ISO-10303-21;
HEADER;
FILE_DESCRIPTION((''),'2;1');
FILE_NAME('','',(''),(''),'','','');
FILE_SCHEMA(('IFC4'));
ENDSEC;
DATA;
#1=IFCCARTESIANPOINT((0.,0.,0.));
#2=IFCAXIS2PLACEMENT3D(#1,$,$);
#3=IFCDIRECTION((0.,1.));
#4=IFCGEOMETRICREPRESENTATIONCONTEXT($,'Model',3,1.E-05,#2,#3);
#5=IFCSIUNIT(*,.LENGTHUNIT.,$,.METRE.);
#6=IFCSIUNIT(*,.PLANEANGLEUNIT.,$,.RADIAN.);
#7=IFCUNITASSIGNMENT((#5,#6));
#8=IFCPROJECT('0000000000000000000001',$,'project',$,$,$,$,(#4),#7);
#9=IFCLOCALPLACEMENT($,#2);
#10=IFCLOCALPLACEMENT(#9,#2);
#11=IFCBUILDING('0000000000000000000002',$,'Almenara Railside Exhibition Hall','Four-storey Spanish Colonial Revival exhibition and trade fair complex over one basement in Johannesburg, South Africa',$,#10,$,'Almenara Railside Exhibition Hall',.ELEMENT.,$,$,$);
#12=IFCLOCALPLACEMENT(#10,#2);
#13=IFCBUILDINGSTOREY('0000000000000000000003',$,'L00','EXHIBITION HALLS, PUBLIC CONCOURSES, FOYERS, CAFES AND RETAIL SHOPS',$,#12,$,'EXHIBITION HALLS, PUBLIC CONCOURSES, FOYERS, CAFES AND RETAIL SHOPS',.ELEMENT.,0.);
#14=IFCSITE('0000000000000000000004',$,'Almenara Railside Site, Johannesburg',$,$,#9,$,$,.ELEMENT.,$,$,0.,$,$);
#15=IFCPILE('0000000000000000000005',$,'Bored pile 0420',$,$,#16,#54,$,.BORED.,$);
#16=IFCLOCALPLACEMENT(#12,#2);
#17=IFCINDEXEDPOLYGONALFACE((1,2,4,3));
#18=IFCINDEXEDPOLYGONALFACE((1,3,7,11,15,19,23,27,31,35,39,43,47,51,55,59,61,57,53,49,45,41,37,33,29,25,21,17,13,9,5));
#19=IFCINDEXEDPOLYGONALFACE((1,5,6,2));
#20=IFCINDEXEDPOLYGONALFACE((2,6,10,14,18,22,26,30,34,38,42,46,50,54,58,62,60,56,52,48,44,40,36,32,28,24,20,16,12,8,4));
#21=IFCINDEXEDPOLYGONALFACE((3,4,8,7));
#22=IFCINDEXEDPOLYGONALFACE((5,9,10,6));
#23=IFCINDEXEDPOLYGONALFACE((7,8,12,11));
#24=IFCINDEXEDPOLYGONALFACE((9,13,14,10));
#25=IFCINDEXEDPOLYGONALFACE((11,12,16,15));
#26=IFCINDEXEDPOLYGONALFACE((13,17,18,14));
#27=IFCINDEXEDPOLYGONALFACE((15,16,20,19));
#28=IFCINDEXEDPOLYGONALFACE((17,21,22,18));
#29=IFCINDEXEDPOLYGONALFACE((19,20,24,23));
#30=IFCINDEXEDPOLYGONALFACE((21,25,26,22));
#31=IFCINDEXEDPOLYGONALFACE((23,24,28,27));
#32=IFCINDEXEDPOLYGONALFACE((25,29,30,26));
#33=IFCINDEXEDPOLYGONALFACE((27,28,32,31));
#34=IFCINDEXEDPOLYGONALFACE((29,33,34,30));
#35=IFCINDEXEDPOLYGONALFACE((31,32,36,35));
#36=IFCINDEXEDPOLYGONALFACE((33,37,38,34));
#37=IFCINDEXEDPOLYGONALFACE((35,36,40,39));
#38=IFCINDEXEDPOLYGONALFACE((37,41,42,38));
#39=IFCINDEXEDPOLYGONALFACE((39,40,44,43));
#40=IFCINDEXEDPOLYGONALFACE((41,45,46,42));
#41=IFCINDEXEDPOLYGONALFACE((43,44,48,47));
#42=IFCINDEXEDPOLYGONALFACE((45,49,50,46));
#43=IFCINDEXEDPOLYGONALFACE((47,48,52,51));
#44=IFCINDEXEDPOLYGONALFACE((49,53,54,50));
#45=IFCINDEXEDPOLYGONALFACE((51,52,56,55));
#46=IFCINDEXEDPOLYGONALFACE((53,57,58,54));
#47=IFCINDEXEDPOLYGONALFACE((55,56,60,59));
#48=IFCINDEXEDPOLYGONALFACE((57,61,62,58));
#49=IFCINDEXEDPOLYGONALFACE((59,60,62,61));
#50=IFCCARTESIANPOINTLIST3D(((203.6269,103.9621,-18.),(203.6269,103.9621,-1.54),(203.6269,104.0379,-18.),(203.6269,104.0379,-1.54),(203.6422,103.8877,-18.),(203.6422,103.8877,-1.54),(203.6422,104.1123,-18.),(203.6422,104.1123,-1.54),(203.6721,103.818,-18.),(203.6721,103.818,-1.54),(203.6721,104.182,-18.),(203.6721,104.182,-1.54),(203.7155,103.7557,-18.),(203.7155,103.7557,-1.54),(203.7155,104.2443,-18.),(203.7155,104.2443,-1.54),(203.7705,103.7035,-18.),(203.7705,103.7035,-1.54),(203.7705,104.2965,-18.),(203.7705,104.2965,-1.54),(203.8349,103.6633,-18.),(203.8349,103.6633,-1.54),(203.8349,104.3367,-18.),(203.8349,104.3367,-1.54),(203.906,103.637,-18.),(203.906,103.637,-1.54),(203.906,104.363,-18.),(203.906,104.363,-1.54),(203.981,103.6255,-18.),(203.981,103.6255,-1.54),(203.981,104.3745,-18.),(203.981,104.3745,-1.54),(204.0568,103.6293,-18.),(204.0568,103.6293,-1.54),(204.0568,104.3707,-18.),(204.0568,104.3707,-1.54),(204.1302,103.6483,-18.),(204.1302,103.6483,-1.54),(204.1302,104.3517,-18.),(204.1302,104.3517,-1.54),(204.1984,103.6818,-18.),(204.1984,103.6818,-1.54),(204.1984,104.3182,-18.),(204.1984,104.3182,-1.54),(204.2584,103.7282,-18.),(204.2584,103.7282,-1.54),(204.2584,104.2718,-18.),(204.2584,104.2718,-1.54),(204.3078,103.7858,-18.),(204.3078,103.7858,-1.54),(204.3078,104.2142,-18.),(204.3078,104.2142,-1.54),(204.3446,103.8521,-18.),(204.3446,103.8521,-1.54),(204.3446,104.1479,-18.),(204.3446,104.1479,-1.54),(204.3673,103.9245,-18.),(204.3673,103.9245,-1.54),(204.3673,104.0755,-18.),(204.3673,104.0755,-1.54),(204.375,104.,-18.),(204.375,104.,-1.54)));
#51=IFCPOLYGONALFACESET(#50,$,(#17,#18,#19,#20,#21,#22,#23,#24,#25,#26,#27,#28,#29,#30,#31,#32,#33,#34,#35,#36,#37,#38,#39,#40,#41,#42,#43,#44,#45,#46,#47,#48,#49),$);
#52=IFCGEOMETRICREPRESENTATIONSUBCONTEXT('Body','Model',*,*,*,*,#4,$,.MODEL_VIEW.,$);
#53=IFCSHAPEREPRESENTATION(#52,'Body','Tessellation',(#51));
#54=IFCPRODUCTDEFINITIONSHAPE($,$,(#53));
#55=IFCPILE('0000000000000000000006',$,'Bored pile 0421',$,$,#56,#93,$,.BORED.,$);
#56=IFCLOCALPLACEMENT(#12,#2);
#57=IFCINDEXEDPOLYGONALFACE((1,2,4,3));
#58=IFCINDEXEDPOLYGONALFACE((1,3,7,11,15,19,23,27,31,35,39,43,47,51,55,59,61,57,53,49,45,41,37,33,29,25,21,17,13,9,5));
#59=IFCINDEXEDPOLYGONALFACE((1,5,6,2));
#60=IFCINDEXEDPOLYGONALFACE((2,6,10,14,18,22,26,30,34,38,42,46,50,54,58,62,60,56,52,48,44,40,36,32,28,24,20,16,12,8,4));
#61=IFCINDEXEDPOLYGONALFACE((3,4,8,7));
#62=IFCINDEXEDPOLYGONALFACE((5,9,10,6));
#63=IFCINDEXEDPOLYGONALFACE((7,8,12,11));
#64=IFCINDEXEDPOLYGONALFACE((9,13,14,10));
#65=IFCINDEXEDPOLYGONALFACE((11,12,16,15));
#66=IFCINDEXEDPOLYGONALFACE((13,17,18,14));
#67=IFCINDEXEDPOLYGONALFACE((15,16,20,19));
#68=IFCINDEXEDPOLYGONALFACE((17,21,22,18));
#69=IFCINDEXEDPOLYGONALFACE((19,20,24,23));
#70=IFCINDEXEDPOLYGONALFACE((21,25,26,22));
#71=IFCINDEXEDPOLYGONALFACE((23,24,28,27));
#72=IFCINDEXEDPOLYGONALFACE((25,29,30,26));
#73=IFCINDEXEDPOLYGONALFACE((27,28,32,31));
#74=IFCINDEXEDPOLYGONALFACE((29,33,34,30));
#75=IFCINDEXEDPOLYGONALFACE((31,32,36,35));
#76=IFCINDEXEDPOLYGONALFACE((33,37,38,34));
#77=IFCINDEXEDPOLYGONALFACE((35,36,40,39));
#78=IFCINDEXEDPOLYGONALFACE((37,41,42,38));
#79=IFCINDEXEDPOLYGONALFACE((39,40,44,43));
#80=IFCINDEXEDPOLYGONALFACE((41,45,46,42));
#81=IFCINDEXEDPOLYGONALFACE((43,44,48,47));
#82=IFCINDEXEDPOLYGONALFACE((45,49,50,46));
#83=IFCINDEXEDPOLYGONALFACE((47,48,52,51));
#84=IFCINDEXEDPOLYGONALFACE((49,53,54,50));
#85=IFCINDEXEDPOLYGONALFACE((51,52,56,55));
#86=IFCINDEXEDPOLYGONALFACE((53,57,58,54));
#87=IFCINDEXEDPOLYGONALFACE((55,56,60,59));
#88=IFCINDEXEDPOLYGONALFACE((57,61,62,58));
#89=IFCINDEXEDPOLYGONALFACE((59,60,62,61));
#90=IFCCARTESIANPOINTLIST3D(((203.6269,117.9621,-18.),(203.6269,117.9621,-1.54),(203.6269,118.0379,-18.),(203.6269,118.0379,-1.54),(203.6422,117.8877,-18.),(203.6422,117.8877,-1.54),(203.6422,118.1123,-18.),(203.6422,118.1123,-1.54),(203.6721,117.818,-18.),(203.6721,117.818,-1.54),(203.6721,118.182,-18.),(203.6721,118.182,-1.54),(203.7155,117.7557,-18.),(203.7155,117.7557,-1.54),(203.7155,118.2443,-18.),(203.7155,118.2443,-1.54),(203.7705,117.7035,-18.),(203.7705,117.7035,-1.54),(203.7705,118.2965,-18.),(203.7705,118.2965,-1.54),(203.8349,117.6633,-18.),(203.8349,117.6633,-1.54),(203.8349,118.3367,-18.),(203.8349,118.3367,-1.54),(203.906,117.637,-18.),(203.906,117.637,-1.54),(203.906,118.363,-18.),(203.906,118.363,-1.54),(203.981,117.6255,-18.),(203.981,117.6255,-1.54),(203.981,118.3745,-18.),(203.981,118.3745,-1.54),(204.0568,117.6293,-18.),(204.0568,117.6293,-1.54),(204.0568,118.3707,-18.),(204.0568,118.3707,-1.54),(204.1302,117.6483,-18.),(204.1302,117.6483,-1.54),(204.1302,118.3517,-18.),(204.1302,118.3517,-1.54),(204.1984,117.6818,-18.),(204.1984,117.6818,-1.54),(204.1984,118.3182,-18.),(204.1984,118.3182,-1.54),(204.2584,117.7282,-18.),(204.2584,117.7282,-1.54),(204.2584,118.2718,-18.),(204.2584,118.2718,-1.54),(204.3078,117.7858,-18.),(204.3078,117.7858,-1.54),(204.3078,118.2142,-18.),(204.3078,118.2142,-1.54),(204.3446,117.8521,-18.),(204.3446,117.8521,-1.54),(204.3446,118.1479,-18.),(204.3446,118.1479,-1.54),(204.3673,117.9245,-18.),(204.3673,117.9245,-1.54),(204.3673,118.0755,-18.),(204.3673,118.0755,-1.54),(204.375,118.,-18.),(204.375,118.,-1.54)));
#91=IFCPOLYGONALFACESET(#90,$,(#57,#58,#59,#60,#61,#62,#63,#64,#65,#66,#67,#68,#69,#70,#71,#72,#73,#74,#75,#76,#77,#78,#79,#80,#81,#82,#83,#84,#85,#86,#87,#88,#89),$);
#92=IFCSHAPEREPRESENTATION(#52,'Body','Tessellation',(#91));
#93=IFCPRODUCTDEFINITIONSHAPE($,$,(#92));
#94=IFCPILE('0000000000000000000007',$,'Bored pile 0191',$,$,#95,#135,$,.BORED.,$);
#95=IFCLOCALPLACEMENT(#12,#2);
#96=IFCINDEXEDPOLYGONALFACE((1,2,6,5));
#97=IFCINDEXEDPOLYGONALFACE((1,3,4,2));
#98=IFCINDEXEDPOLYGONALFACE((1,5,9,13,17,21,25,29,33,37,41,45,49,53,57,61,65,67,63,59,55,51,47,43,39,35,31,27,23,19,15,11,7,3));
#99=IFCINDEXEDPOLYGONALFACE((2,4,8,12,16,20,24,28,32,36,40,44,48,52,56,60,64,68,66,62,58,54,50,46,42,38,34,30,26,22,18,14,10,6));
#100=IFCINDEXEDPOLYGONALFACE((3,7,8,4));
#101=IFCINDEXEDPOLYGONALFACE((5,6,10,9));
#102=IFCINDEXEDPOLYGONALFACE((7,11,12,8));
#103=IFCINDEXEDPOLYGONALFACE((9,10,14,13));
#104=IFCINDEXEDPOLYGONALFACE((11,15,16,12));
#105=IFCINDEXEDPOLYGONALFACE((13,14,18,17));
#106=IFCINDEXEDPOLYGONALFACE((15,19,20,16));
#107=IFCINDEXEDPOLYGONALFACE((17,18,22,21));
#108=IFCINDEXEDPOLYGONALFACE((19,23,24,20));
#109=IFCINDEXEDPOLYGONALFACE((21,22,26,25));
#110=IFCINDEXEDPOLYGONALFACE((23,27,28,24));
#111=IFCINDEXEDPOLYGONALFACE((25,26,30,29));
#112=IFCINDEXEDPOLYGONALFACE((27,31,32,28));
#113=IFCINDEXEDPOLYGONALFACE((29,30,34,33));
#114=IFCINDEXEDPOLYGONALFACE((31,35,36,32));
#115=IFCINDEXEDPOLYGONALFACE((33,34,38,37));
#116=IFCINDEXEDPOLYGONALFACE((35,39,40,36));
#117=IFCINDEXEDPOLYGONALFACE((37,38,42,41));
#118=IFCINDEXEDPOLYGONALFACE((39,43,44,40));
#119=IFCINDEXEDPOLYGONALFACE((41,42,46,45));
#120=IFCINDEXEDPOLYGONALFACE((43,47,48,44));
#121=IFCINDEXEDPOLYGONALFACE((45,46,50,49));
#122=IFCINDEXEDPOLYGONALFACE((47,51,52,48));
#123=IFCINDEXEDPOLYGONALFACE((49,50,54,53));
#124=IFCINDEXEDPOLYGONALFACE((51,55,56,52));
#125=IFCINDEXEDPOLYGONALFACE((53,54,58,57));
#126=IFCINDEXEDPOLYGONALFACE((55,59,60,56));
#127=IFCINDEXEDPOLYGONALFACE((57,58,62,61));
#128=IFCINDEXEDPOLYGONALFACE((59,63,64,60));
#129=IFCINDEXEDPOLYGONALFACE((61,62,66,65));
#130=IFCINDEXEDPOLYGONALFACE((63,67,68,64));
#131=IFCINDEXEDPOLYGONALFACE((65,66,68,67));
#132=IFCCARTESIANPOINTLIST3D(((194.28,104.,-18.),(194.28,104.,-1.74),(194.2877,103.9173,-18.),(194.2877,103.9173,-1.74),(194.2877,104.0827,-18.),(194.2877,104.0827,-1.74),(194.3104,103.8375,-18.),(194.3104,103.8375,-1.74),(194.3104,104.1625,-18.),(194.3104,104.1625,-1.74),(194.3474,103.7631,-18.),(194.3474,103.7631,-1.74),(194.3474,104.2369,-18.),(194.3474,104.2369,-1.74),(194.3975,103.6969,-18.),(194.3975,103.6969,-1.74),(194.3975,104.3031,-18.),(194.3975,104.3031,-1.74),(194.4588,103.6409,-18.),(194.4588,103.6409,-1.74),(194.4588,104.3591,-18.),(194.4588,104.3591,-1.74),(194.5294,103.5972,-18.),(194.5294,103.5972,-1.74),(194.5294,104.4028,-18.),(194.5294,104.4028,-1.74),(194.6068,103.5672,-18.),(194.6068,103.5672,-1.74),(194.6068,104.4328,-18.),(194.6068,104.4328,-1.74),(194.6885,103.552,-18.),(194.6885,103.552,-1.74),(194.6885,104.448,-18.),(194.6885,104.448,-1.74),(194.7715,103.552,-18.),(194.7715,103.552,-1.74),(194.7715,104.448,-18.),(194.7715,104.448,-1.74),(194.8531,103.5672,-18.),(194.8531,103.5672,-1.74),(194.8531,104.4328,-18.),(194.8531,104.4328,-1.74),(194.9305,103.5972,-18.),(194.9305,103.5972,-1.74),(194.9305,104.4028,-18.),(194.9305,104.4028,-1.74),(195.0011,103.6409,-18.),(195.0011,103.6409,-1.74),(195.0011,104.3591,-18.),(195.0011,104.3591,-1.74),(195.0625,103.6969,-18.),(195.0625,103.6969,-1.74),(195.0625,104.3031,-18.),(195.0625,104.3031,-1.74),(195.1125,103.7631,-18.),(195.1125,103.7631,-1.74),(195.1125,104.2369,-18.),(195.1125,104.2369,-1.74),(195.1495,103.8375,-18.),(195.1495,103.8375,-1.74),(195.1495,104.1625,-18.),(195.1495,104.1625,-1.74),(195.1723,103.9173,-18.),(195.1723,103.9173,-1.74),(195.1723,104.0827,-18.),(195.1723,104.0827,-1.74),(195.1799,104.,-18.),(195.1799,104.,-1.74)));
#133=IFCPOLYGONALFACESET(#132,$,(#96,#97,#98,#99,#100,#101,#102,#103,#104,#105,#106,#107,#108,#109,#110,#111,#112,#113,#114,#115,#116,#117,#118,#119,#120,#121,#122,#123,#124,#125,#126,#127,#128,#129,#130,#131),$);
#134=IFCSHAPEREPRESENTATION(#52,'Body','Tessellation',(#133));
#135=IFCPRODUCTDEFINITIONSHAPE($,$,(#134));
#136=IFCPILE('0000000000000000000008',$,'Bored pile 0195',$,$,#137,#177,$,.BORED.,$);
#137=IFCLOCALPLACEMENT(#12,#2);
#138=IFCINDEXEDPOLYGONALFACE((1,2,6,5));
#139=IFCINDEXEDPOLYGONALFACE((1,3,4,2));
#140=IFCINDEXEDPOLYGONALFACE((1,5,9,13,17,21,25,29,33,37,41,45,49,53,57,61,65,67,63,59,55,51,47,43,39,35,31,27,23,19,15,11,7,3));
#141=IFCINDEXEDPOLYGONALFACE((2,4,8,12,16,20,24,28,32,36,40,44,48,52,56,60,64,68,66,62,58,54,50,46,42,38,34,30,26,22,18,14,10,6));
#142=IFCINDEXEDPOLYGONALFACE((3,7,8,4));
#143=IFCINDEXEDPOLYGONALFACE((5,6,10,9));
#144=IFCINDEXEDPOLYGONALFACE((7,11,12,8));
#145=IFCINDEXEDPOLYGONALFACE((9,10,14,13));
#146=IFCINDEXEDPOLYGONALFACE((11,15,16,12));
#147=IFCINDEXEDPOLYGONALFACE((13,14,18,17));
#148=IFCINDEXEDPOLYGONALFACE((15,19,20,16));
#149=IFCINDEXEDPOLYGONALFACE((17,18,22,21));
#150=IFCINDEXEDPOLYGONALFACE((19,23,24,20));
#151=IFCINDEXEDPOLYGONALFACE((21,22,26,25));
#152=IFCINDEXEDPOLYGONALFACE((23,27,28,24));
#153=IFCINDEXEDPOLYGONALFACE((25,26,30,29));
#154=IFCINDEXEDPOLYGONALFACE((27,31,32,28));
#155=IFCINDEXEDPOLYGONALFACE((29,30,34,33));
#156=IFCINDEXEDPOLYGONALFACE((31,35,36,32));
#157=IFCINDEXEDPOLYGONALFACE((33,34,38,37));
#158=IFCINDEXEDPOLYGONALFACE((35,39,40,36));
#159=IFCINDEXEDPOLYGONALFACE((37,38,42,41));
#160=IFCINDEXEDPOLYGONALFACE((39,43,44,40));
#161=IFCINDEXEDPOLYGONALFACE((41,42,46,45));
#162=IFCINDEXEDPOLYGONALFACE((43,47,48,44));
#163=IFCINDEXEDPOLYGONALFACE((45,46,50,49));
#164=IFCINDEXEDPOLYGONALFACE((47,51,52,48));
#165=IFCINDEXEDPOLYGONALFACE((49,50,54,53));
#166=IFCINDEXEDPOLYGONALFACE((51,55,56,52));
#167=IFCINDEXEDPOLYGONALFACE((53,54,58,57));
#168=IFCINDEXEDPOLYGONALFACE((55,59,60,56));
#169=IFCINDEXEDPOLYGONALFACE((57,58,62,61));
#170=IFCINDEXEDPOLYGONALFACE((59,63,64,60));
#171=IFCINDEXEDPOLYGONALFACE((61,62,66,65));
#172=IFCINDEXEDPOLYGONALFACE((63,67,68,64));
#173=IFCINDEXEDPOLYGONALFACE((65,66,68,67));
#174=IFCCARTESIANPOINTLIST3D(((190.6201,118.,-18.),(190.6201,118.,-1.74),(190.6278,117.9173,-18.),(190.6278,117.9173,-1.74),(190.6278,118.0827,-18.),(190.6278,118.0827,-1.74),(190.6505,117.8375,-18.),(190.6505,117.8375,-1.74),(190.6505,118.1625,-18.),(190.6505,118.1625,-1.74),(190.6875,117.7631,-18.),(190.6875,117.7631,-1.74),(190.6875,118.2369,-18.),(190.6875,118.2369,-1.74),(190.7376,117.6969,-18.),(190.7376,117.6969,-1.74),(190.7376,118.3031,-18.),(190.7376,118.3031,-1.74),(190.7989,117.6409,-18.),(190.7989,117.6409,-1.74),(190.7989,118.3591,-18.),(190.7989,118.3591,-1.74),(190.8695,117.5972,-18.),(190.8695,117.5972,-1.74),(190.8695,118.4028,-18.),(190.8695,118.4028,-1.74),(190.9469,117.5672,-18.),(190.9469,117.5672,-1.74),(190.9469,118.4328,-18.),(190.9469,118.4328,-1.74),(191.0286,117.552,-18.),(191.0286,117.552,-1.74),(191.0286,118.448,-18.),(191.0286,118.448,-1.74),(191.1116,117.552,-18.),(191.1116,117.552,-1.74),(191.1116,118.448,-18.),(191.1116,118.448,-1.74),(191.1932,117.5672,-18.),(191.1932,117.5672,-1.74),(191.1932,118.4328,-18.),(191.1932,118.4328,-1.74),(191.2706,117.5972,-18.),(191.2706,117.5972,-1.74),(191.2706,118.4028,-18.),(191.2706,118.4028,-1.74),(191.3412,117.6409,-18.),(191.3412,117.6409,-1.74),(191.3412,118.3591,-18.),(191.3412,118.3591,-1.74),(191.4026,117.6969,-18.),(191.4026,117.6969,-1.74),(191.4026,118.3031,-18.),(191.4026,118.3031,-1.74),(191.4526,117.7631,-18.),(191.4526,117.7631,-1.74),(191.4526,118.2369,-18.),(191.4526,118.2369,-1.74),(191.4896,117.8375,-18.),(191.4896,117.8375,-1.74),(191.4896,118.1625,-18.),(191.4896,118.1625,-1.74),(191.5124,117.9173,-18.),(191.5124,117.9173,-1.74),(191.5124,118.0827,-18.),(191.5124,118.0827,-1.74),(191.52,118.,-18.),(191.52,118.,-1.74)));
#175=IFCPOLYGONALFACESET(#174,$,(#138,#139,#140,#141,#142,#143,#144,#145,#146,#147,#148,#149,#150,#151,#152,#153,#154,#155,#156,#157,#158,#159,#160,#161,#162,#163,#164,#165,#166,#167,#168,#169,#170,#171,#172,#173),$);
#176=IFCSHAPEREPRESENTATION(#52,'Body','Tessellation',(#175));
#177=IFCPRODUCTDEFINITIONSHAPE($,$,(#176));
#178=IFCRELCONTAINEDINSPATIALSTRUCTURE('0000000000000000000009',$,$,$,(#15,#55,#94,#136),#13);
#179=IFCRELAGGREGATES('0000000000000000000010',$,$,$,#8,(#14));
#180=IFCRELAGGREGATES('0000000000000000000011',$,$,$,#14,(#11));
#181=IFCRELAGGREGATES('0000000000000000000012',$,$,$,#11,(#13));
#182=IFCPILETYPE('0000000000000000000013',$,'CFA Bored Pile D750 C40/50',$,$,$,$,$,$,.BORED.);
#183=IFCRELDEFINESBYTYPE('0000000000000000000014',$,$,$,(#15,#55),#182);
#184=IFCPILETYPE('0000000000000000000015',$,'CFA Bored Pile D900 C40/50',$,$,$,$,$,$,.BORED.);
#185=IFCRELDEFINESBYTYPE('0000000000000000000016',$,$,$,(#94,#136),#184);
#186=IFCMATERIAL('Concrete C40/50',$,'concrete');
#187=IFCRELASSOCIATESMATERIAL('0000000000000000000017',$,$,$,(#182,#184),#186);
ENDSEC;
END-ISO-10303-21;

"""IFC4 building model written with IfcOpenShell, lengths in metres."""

from ifc_helpers import new_model, si_unit, direction, frame, origin, origin_2d, place, context, subcontext, project, spatial, circle, extrude, material, material_profile, profile_set, type_object, element, save


model = new_model("IFC4")

# Units and contexts
model_context = context("Model", 3, precision=1e-05, world=origin(), true_north=direction((0.0, 1.0)))
body_context = subcontext(model_context, "Body", "Model", "MODEL_VIEW")
ifc_project = project(units=[si_unit("LENGTHUNIT", "METRE"), si_unit("PLANEANGLEUNIT", "RADIAN")], contexts=[model_context])

# Site, building, storey
site_placement = place(None, origin())
site = spatial("IfcSite", under=ifc_project, at=site_placement, Name="Almenara Railside Site, Johannesburg", CompositionType="ELEMENT", RefElevation=0.0)
building_placement = place(site_placement, origin())
building = spatial("IfcBuilding", under=site, at=building_placement, Name="Almenara Railside Exhibition Hall", Description="Four-storey Spanish Colonial Revival exhibition and trade fair complex over one basement in Johannesburg, South Africa", LongName="Almenara Railside Exhibition Hall", CompositionType="ELEMENT")
storey_placement = place(building_placement, origin())
storey = spatial("IfcBuildingStorey", under=building, at=storey_placement, Name="L00", Description="EXHIBITION HALLS, PUBLIC CONCOURSES, FOYERS, CAFES AND RETAIL SHOPS", LongName="EXHIBITION HALLS, PUBLIC CONCOURSES, FOYERS, CAFES AND RETAIL SHOPS", CompositionType="ELEMENT", Elevation=0.0)

# Piles
ifc_material_1 = material(Name="Concrete C40/50", Category="concrete")
ifc_material_profile_1 = material_profile(ifc_material_1, circle(Radius=0.375, at=origin_2d()), Name="CFA-PILE D750")
ifc_profile_set_1 = profile_set([ifc_material_profile_1], Name="Concrete C40/50")
pile_type_1 = type_object("IfcPileType", Name="CFA Bored Pile D750 C40/50", PredefinedType="BORED", material=ifc_profile_set_1)
for number, where, z_axis, x_axis, name in (
    (1, (204.0, 104.0, -1.54), (0.0, 0.0, -1.0), (1.0, 0.0, 0.0), "Bored pile 0420"),
    (2, (204.0, 118.0, -1.54), (0.0, 0.0, -1.0), (1.0, 0.0, 0.0), "Bored pile 0421"),
):
    element("IfcPile", number, at=place(storey_placement, frame(where, z_axis=z_axis, x_axis=x_axis)), inside=storey, type_object=pile_type_1, Name=name, PredefinedType="BORED", context=body_context, shape_type="SweptSolid", body=[
        extrude(circle(Radius=0.375, at=origin_2d()), origin(), (0.0, 0.0, 1.0), 16.46),
    ])
ifc_material_profile_2 = material_profile(ifc_material_1, circle(Radius=0.45, at=origin_2d()), Name="CFA-PILE D900")
ifc_profile_set_2 = profile_set([ifc_material_profile_2], Name="Concrete C40/50")
pile_type_2 = type_object("IfcPileType", Name="CFA Bored Pile D900 C40/50", PredefinedType="BORED", material=ifc_profile_set_2)
for number, where, z_axis, x_axis, name in (
    (3, (194.73, 104.0, -1.74), (0.0, 0.0, -1.0), (1.0, 0.0, 0.0), "Bored pile 0191"),
    (4, (191.0701, 118.0, -1.74), (0.0, 0.0, -1.0), (1.0, 0.0, 0.0), "Bored pile 0195"),
):
    element("IfcPile", number, at=place(storey_placement, frame(where, z_axis=z_axis, x_axis=x_axis)), inside=storey, type_object=pile_type_2, Name=name, PredefinedType="BORED", context=body_context, shape_type="SweptSolid", body=[
        extrude(circle(Radius=0.45, at=origin_2d()), origin(), (0.0, 0.0, 1.0), 16.26),
    ])

save(model, "model.ifc")
